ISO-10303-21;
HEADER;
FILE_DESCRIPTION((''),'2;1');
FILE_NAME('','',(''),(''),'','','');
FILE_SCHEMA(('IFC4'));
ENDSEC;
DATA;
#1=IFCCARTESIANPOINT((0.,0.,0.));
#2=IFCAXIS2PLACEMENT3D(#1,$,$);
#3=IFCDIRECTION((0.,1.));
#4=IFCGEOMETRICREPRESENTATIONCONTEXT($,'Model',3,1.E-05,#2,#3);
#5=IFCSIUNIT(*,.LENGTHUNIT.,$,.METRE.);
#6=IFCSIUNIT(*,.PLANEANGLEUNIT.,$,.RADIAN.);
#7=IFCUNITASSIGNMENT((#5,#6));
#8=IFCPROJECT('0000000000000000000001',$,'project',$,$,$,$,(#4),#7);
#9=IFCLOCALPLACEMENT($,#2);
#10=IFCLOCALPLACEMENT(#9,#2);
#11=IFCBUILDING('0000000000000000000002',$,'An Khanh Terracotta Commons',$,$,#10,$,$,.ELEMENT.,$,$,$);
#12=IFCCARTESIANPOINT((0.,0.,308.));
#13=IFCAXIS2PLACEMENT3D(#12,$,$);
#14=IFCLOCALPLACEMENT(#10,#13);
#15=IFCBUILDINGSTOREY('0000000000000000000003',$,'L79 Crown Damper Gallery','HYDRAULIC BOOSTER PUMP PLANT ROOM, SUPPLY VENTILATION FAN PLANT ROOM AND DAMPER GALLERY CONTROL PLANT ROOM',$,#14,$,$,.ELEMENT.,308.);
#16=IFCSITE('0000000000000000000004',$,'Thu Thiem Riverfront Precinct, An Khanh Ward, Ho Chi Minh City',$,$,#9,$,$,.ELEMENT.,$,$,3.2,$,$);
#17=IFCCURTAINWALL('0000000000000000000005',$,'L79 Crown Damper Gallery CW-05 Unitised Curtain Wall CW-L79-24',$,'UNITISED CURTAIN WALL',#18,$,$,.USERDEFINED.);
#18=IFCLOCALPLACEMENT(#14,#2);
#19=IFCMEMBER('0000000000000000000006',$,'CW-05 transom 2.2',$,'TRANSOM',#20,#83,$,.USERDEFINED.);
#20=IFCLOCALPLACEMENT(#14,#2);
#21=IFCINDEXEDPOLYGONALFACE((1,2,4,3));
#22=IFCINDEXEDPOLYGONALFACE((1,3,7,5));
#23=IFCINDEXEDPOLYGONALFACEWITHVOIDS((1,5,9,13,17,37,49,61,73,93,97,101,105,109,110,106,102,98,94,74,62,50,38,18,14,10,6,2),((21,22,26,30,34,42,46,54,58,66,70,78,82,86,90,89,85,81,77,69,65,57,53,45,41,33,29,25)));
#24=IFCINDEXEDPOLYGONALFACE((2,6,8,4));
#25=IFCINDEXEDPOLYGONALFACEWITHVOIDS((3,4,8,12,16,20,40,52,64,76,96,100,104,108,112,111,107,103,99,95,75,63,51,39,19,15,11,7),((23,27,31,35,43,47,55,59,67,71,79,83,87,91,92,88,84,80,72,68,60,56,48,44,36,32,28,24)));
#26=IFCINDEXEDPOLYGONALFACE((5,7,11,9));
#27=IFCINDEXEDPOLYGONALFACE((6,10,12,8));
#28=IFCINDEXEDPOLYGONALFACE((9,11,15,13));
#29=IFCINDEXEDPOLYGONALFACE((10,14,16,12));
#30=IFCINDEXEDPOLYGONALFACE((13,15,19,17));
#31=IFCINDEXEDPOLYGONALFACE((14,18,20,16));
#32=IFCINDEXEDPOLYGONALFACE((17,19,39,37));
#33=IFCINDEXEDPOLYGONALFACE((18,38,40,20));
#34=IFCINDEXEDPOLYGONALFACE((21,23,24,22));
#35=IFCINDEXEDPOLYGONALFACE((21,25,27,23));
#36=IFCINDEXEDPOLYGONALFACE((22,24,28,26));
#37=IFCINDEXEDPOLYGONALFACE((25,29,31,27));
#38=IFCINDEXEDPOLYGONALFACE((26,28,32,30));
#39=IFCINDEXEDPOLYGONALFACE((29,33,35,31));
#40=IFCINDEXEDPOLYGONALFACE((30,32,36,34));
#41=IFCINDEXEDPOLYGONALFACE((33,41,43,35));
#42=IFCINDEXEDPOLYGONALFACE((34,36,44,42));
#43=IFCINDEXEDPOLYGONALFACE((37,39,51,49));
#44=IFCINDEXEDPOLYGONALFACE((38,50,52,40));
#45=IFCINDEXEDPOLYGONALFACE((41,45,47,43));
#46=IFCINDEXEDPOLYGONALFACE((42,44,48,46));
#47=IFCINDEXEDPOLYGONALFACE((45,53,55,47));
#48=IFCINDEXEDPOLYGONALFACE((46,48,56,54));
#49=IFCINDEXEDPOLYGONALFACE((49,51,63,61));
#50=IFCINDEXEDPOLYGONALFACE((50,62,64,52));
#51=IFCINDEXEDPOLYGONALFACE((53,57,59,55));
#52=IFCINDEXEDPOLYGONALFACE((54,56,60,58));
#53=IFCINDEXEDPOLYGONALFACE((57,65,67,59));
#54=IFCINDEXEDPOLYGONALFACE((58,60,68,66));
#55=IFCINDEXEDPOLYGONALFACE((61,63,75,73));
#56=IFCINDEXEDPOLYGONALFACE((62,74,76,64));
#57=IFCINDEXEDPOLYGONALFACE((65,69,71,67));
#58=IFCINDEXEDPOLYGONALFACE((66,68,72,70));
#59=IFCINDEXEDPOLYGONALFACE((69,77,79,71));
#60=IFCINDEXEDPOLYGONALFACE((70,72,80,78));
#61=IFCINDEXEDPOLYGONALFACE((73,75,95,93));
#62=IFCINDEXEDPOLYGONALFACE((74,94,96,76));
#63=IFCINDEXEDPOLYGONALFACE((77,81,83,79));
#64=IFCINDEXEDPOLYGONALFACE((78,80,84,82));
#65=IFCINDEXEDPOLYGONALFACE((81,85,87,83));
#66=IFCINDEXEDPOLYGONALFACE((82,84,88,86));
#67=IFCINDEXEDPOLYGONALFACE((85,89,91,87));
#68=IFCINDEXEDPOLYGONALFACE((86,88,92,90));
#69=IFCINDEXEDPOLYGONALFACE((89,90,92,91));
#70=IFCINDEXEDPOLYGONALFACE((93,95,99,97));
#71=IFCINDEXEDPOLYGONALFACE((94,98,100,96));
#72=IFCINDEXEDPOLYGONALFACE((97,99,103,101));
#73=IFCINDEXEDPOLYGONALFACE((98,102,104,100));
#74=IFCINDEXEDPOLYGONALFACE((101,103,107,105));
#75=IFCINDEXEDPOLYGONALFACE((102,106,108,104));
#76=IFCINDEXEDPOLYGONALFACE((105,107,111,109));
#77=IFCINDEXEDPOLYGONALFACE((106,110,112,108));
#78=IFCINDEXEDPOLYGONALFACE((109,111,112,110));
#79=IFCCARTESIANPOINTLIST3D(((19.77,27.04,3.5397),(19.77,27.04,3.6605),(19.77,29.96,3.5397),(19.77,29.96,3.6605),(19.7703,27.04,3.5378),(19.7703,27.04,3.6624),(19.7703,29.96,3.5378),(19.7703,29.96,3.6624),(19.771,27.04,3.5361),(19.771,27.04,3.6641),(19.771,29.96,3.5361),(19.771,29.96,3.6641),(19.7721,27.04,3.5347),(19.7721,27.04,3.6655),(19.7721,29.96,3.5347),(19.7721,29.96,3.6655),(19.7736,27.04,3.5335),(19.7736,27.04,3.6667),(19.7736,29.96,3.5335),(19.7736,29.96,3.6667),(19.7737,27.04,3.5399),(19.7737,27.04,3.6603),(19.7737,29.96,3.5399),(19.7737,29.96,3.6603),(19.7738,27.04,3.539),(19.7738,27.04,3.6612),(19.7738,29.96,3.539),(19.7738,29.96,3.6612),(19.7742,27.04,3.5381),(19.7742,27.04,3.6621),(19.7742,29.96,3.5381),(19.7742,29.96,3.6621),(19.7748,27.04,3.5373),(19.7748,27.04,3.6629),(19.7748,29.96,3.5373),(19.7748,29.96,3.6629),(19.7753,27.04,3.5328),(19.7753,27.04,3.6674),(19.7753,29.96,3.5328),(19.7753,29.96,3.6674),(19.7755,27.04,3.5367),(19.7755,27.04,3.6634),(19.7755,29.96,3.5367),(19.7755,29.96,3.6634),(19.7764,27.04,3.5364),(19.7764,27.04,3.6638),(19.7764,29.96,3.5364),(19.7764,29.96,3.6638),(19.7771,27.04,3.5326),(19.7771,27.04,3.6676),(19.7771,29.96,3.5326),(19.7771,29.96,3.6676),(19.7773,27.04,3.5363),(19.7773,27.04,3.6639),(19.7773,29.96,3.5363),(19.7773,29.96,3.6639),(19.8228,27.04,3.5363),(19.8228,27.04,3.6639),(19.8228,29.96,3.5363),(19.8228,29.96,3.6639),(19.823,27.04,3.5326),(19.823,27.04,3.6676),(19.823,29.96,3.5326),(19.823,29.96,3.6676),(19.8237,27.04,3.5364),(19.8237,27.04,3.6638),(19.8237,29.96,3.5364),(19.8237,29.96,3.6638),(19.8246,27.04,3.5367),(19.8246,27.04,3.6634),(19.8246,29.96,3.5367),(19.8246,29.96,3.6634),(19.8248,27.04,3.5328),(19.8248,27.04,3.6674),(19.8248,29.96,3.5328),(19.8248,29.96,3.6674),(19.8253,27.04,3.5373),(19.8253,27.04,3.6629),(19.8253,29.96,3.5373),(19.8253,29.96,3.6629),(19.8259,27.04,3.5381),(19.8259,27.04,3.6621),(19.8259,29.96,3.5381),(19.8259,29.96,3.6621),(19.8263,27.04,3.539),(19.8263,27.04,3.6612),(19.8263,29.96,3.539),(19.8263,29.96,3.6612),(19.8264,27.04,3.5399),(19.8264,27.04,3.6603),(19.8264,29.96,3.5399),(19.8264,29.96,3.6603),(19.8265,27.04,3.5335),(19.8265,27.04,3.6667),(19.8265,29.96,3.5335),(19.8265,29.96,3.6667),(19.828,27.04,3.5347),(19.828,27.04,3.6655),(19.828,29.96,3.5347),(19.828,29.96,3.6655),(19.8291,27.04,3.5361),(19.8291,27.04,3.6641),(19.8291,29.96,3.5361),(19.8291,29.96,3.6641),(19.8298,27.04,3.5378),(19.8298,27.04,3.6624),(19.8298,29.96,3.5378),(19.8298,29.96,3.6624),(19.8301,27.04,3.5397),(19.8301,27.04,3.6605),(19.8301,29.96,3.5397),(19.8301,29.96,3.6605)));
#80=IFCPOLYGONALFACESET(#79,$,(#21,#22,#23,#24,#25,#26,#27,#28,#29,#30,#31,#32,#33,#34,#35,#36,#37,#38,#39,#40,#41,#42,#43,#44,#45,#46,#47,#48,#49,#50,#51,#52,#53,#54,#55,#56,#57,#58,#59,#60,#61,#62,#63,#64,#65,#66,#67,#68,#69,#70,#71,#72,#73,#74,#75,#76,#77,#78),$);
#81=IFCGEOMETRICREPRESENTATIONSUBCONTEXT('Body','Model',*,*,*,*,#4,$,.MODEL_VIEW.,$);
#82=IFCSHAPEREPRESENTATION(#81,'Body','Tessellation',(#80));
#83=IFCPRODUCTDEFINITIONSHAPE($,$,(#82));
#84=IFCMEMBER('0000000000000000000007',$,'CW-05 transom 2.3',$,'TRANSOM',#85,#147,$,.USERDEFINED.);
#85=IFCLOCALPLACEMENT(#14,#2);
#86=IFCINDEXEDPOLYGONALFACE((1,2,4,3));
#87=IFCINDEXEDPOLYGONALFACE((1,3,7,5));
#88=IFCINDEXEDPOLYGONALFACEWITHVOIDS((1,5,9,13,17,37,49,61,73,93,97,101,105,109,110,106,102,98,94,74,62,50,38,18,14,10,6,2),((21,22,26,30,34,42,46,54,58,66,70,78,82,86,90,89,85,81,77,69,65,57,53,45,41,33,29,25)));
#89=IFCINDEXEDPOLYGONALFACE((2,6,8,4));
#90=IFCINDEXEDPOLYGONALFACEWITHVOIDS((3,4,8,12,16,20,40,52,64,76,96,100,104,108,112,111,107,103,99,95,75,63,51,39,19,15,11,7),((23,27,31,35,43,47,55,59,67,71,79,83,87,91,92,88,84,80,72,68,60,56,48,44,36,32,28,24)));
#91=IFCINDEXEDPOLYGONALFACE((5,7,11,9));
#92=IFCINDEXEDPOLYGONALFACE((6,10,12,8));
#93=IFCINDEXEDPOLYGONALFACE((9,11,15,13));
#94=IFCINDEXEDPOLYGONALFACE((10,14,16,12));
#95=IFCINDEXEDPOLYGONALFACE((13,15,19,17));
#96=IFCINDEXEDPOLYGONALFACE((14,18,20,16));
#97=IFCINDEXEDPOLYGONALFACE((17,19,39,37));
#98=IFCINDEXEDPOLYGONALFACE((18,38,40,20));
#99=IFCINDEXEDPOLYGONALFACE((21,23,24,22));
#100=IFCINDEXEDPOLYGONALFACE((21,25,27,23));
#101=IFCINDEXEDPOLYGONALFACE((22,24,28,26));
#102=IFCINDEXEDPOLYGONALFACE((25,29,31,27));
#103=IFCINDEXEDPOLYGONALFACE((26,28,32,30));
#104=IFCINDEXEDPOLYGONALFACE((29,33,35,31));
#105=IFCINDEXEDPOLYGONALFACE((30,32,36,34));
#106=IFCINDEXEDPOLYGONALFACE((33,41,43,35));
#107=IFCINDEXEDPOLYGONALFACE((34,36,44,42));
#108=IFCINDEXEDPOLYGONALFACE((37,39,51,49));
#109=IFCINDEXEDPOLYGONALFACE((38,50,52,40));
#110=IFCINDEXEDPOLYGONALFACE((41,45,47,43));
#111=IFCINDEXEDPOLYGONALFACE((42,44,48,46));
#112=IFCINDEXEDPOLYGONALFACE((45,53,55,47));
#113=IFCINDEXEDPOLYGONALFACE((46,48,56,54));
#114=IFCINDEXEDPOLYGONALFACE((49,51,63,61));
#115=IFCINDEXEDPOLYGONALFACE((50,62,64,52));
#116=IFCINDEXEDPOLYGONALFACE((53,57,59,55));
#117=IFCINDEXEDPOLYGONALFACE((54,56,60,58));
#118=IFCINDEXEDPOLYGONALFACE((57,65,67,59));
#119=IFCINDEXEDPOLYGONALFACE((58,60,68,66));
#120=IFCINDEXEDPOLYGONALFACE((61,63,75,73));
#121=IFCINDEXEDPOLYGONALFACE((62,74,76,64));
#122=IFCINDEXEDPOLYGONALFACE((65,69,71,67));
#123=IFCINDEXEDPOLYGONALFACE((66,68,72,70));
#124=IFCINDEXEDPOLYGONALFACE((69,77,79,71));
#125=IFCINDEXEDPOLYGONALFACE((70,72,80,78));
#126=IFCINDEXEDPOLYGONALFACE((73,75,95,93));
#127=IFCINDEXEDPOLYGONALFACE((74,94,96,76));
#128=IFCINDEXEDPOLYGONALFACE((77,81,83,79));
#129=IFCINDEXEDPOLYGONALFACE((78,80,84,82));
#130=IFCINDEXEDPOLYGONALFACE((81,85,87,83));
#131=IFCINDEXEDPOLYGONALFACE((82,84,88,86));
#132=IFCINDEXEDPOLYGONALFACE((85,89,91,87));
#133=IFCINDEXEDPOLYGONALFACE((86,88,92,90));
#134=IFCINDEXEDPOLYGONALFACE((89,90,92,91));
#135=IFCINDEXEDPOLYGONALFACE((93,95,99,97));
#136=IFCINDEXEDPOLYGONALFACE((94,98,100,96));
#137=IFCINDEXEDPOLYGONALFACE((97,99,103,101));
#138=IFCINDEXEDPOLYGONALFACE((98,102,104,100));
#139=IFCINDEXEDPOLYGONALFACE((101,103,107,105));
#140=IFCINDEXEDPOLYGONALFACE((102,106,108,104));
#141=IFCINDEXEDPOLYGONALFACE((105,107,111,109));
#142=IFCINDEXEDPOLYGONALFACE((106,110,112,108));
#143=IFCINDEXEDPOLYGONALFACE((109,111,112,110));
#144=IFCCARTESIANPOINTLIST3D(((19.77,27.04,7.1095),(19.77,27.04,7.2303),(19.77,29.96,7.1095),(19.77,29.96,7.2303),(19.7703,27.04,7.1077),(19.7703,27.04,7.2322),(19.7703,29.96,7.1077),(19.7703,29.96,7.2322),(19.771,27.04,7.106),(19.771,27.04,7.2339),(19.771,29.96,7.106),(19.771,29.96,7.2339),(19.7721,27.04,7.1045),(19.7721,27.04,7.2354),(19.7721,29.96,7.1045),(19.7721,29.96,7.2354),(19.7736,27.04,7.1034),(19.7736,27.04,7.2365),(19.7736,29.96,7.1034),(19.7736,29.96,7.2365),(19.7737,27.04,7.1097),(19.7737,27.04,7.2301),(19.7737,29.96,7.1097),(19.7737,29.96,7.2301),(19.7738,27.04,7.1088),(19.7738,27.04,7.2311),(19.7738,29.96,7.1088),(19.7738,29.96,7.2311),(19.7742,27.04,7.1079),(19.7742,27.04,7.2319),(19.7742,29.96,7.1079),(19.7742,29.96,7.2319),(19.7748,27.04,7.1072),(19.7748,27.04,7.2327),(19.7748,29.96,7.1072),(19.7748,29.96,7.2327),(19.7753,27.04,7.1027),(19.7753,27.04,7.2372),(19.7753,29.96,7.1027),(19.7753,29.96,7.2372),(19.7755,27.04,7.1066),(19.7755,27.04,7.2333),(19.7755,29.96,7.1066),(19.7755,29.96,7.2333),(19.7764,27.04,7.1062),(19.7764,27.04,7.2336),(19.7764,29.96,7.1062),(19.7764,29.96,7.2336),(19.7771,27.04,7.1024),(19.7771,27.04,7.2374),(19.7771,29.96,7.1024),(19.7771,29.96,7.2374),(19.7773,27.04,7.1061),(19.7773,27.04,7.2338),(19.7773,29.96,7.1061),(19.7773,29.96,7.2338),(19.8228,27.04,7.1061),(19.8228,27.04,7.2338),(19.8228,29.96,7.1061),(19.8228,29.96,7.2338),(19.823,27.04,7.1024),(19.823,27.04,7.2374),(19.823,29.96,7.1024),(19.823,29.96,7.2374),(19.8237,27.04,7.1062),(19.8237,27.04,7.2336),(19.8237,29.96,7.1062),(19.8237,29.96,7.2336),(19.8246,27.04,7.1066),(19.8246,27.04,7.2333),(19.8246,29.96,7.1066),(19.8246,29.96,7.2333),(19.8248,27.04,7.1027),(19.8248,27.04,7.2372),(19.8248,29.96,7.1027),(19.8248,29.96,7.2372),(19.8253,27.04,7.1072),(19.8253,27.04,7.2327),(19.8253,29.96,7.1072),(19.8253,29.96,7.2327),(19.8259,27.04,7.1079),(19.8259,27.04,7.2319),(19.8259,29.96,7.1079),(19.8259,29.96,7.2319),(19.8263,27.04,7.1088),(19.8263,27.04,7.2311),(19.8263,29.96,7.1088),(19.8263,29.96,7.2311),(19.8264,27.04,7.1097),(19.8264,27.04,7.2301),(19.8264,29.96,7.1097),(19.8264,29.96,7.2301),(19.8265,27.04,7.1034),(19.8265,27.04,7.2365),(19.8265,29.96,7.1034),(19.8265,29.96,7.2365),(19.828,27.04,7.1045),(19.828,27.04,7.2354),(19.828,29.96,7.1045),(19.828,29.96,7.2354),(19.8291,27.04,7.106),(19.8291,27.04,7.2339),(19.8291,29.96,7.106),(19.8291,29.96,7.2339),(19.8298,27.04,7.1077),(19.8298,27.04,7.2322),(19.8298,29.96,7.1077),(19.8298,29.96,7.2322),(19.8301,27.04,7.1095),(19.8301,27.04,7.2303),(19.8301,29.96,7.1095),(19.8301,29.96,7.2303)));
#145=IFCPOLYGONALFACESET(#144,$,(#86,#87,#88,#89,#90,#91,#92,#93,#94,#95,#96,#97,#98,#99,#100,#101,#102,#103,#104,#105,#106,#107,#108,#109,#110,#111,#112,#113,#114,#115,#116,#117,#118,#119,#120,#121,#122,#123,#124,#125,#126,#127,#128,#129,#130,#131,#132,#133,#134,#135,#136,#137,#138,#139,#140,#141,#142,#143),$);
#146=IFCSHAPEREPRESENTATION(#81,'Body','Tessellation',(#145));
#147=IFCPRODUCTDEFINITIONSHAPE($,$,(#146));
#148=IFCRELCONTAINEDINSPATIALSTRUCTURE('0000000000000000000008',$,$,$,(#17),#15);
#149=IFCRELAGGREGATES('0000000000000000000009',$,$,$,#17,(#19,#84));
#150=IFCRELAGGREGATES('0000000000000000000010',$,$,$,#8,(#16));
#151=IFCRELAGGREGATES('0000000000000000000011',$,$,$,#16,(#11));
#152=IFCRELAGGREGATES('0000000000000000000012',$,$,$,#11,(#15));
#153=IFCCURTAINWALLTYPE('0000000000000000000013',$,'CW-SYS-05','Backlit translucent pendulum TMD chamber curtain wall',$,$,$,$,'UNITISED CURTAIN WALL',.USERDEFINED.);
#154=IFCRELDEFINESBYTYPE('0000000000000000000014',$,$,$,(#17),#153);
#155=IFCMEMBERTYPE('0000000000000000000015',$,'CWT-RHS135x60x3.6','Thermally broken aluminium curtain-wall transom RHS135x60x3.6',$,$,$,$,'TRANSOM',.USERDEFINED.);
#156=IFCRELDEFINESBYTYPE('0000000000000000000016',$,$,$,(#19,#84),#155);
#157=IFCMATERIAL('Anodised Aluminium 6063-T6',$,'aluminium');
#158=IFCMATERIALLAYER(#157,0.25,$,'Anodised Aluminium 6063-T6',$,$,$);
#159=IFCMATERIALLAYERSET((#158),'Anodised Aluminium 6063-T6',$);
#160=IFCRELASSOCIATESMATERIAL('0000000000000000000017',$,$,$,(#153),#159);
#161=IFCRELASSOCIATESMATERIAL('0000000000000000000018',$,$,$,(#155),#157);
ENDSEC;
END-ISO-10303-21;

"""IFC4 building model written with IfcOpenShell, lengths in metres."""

from ifc_helpers import new_model, si_unit, direction, frame, origin, origin_2d, place, context, subcontext, project, spatial, hollow_rectangle, extrude, material, layer, layer_set, material_profile, profile_set, type_object, element, aggregate, save


model = new_model("IFC4")

# Units and contexts
model_context = context("Model", 3, precision=1e-05, world=origin(), true_north=direction((0.0, 1.0)))
body_context = subcontext(model_context, "Body", "Model", "MODEL_VIEW")
ifc_project = project(units=[si_unit("LENGTHUNIT", "METRE"), si_unit("PLANEANGLEUNIT", "RADIAN")], contexts=[model_context])

# Site, building, storey
site_placement = place(None, origin())
site = spatial("IfcSite", under=ifc_project, at=site_placement, Name="Thu Thiem Riverfront Precinct, An Khanh Ward, Ho Chi Minh City", CompositionType="ELEMENT", RefElevation=3.2)
building_placement = place(site_placement, origin())
building = spatial("IfcBuilding", under=site, at=building_placement, Name="An Khanh Terracotta Commons", CompositionType="ELEMENT")
storey_placement = place(building_placement, frame((0.0, 0.0, 308.0)))
storey = spatial("IfcBuildingStorey", under=building, at=storey_placement, Name="L79 Crown Damper Gallery", Description="HYDRAULIC BOOSTER PUMP PLANT ROOM, SUPPLY VENTILATION FAN PLANT ROOM AND DAMPER GALLERY CONTROL PLANT ROOM", CompositionType="ELEMENT", Elevation=308.0)

# Curtain wall, members
ifc_material_1 = material(Name="Anodised Aluminium 6063-T6", Category="aluminium")
ifc_layer_1 = layer(ifc_material_1, 0.25, Name="Anodised Aluminium 6063-T6")
ifc_layer_set_1 = layer_set([ifc_layer_1], Name="Anodised Aluminium 6063-T6")
curtain_wall_type = type_object("IfcCurtainWallType", Name="CW-SYS-05", Description="Backlit translucent pendulum TMD chamber curtain wall", ElementType="UNITISED CURTAIN WALL", PredefinedType="USERDEFINED", material=ifc_layer_set_1)
curtain_wall_placement = place(storey_placement, origin())
curtain_wall = element("IfcCurtainWall", 1, at=curtain_wall_placement, inside=storey, type_object=curtain_wall_type, Name="L79 Crown Damper Gallery CW-05 Unitised Curtain Wall CW-L79-24", ObjectType="UNITISED CURTAIN WALL", PredefinedType="USERDEFINED")
ifc_material_profile_1 = material_profile(ifc_material_1, hollow_rectangle(XDim=0.0601, YDim=0.135, WallThickness=0.0037, InnerFilletRadius=0.0037, OuterFilletRadius=0.0071, at=origin_2d()), Name="RHS135x60x3.6")
ifc_profile_set_1 = profile_set([ifc_material_profile_1], Name="Anodised Aluminium 6063-T6")
member_type_1 = type_object("IfcMemberType", Name="CWT-RHS135x60x3.6", Description="Thermally broken aluminium curtain-wall transom RHS135x60x3.6", ElementType="TRANSOM", PredefinedType="USERDEFINED", material=ifc_profile_set_1)
member_1_placement = place(storey_placement, frame((19.8, 29.96, 3.6001), z_axis=(0.0, -1.0, 0.0), x_axis=(1.0, 0.0, 0.0)))
member_1 = element("IfcMember", 2, at=member_1_placement, type_object=member_type_1, Name="CW-05 transom 2.2", ObjectType="TRANSOM", PredefinedType="USERDEFINED", context=body_context, shape_type="SweptSolid", body=[
    extrude(hollow_rectangle(XDim=0.0601, YDim=0.135, WallThickness=0.0037, InnerFilletRadius=0.0037, OuterFilletRadius=0.0071, at=origin_2d()), origin(), (0.0, 0.0, 1.0), 2.9199),
])
member_2_placement = place(storey_placement, frame((19.8, 29.96, 7.1699), z_axis=(0.0, -1.0, 0.0), x_axis=(1.0, 0.0, 0.0)))
member_2 = element("IfcMember", 3, at=member_2_placement, type_object=member_type_1, Name="CW-05 transom 2.3", ObjectType="TRANSOM", PredefinedType="USERDEFINED", context=body_context, shape_type="SweptSolid", body=[
    extrude(hollow_rectangle(XDim=0.0601, YDim=0.135, WallThickness=0.0037, InnerFilletRadius=0.0037, OuterFilletRadius=0.0071, at=origin_2d()), origin(), (0.0, 0.0, 1.0), 2.9199),
])
aggregate(curtain_wall, [member_1, member_2])

save(model, "model.ifc")
